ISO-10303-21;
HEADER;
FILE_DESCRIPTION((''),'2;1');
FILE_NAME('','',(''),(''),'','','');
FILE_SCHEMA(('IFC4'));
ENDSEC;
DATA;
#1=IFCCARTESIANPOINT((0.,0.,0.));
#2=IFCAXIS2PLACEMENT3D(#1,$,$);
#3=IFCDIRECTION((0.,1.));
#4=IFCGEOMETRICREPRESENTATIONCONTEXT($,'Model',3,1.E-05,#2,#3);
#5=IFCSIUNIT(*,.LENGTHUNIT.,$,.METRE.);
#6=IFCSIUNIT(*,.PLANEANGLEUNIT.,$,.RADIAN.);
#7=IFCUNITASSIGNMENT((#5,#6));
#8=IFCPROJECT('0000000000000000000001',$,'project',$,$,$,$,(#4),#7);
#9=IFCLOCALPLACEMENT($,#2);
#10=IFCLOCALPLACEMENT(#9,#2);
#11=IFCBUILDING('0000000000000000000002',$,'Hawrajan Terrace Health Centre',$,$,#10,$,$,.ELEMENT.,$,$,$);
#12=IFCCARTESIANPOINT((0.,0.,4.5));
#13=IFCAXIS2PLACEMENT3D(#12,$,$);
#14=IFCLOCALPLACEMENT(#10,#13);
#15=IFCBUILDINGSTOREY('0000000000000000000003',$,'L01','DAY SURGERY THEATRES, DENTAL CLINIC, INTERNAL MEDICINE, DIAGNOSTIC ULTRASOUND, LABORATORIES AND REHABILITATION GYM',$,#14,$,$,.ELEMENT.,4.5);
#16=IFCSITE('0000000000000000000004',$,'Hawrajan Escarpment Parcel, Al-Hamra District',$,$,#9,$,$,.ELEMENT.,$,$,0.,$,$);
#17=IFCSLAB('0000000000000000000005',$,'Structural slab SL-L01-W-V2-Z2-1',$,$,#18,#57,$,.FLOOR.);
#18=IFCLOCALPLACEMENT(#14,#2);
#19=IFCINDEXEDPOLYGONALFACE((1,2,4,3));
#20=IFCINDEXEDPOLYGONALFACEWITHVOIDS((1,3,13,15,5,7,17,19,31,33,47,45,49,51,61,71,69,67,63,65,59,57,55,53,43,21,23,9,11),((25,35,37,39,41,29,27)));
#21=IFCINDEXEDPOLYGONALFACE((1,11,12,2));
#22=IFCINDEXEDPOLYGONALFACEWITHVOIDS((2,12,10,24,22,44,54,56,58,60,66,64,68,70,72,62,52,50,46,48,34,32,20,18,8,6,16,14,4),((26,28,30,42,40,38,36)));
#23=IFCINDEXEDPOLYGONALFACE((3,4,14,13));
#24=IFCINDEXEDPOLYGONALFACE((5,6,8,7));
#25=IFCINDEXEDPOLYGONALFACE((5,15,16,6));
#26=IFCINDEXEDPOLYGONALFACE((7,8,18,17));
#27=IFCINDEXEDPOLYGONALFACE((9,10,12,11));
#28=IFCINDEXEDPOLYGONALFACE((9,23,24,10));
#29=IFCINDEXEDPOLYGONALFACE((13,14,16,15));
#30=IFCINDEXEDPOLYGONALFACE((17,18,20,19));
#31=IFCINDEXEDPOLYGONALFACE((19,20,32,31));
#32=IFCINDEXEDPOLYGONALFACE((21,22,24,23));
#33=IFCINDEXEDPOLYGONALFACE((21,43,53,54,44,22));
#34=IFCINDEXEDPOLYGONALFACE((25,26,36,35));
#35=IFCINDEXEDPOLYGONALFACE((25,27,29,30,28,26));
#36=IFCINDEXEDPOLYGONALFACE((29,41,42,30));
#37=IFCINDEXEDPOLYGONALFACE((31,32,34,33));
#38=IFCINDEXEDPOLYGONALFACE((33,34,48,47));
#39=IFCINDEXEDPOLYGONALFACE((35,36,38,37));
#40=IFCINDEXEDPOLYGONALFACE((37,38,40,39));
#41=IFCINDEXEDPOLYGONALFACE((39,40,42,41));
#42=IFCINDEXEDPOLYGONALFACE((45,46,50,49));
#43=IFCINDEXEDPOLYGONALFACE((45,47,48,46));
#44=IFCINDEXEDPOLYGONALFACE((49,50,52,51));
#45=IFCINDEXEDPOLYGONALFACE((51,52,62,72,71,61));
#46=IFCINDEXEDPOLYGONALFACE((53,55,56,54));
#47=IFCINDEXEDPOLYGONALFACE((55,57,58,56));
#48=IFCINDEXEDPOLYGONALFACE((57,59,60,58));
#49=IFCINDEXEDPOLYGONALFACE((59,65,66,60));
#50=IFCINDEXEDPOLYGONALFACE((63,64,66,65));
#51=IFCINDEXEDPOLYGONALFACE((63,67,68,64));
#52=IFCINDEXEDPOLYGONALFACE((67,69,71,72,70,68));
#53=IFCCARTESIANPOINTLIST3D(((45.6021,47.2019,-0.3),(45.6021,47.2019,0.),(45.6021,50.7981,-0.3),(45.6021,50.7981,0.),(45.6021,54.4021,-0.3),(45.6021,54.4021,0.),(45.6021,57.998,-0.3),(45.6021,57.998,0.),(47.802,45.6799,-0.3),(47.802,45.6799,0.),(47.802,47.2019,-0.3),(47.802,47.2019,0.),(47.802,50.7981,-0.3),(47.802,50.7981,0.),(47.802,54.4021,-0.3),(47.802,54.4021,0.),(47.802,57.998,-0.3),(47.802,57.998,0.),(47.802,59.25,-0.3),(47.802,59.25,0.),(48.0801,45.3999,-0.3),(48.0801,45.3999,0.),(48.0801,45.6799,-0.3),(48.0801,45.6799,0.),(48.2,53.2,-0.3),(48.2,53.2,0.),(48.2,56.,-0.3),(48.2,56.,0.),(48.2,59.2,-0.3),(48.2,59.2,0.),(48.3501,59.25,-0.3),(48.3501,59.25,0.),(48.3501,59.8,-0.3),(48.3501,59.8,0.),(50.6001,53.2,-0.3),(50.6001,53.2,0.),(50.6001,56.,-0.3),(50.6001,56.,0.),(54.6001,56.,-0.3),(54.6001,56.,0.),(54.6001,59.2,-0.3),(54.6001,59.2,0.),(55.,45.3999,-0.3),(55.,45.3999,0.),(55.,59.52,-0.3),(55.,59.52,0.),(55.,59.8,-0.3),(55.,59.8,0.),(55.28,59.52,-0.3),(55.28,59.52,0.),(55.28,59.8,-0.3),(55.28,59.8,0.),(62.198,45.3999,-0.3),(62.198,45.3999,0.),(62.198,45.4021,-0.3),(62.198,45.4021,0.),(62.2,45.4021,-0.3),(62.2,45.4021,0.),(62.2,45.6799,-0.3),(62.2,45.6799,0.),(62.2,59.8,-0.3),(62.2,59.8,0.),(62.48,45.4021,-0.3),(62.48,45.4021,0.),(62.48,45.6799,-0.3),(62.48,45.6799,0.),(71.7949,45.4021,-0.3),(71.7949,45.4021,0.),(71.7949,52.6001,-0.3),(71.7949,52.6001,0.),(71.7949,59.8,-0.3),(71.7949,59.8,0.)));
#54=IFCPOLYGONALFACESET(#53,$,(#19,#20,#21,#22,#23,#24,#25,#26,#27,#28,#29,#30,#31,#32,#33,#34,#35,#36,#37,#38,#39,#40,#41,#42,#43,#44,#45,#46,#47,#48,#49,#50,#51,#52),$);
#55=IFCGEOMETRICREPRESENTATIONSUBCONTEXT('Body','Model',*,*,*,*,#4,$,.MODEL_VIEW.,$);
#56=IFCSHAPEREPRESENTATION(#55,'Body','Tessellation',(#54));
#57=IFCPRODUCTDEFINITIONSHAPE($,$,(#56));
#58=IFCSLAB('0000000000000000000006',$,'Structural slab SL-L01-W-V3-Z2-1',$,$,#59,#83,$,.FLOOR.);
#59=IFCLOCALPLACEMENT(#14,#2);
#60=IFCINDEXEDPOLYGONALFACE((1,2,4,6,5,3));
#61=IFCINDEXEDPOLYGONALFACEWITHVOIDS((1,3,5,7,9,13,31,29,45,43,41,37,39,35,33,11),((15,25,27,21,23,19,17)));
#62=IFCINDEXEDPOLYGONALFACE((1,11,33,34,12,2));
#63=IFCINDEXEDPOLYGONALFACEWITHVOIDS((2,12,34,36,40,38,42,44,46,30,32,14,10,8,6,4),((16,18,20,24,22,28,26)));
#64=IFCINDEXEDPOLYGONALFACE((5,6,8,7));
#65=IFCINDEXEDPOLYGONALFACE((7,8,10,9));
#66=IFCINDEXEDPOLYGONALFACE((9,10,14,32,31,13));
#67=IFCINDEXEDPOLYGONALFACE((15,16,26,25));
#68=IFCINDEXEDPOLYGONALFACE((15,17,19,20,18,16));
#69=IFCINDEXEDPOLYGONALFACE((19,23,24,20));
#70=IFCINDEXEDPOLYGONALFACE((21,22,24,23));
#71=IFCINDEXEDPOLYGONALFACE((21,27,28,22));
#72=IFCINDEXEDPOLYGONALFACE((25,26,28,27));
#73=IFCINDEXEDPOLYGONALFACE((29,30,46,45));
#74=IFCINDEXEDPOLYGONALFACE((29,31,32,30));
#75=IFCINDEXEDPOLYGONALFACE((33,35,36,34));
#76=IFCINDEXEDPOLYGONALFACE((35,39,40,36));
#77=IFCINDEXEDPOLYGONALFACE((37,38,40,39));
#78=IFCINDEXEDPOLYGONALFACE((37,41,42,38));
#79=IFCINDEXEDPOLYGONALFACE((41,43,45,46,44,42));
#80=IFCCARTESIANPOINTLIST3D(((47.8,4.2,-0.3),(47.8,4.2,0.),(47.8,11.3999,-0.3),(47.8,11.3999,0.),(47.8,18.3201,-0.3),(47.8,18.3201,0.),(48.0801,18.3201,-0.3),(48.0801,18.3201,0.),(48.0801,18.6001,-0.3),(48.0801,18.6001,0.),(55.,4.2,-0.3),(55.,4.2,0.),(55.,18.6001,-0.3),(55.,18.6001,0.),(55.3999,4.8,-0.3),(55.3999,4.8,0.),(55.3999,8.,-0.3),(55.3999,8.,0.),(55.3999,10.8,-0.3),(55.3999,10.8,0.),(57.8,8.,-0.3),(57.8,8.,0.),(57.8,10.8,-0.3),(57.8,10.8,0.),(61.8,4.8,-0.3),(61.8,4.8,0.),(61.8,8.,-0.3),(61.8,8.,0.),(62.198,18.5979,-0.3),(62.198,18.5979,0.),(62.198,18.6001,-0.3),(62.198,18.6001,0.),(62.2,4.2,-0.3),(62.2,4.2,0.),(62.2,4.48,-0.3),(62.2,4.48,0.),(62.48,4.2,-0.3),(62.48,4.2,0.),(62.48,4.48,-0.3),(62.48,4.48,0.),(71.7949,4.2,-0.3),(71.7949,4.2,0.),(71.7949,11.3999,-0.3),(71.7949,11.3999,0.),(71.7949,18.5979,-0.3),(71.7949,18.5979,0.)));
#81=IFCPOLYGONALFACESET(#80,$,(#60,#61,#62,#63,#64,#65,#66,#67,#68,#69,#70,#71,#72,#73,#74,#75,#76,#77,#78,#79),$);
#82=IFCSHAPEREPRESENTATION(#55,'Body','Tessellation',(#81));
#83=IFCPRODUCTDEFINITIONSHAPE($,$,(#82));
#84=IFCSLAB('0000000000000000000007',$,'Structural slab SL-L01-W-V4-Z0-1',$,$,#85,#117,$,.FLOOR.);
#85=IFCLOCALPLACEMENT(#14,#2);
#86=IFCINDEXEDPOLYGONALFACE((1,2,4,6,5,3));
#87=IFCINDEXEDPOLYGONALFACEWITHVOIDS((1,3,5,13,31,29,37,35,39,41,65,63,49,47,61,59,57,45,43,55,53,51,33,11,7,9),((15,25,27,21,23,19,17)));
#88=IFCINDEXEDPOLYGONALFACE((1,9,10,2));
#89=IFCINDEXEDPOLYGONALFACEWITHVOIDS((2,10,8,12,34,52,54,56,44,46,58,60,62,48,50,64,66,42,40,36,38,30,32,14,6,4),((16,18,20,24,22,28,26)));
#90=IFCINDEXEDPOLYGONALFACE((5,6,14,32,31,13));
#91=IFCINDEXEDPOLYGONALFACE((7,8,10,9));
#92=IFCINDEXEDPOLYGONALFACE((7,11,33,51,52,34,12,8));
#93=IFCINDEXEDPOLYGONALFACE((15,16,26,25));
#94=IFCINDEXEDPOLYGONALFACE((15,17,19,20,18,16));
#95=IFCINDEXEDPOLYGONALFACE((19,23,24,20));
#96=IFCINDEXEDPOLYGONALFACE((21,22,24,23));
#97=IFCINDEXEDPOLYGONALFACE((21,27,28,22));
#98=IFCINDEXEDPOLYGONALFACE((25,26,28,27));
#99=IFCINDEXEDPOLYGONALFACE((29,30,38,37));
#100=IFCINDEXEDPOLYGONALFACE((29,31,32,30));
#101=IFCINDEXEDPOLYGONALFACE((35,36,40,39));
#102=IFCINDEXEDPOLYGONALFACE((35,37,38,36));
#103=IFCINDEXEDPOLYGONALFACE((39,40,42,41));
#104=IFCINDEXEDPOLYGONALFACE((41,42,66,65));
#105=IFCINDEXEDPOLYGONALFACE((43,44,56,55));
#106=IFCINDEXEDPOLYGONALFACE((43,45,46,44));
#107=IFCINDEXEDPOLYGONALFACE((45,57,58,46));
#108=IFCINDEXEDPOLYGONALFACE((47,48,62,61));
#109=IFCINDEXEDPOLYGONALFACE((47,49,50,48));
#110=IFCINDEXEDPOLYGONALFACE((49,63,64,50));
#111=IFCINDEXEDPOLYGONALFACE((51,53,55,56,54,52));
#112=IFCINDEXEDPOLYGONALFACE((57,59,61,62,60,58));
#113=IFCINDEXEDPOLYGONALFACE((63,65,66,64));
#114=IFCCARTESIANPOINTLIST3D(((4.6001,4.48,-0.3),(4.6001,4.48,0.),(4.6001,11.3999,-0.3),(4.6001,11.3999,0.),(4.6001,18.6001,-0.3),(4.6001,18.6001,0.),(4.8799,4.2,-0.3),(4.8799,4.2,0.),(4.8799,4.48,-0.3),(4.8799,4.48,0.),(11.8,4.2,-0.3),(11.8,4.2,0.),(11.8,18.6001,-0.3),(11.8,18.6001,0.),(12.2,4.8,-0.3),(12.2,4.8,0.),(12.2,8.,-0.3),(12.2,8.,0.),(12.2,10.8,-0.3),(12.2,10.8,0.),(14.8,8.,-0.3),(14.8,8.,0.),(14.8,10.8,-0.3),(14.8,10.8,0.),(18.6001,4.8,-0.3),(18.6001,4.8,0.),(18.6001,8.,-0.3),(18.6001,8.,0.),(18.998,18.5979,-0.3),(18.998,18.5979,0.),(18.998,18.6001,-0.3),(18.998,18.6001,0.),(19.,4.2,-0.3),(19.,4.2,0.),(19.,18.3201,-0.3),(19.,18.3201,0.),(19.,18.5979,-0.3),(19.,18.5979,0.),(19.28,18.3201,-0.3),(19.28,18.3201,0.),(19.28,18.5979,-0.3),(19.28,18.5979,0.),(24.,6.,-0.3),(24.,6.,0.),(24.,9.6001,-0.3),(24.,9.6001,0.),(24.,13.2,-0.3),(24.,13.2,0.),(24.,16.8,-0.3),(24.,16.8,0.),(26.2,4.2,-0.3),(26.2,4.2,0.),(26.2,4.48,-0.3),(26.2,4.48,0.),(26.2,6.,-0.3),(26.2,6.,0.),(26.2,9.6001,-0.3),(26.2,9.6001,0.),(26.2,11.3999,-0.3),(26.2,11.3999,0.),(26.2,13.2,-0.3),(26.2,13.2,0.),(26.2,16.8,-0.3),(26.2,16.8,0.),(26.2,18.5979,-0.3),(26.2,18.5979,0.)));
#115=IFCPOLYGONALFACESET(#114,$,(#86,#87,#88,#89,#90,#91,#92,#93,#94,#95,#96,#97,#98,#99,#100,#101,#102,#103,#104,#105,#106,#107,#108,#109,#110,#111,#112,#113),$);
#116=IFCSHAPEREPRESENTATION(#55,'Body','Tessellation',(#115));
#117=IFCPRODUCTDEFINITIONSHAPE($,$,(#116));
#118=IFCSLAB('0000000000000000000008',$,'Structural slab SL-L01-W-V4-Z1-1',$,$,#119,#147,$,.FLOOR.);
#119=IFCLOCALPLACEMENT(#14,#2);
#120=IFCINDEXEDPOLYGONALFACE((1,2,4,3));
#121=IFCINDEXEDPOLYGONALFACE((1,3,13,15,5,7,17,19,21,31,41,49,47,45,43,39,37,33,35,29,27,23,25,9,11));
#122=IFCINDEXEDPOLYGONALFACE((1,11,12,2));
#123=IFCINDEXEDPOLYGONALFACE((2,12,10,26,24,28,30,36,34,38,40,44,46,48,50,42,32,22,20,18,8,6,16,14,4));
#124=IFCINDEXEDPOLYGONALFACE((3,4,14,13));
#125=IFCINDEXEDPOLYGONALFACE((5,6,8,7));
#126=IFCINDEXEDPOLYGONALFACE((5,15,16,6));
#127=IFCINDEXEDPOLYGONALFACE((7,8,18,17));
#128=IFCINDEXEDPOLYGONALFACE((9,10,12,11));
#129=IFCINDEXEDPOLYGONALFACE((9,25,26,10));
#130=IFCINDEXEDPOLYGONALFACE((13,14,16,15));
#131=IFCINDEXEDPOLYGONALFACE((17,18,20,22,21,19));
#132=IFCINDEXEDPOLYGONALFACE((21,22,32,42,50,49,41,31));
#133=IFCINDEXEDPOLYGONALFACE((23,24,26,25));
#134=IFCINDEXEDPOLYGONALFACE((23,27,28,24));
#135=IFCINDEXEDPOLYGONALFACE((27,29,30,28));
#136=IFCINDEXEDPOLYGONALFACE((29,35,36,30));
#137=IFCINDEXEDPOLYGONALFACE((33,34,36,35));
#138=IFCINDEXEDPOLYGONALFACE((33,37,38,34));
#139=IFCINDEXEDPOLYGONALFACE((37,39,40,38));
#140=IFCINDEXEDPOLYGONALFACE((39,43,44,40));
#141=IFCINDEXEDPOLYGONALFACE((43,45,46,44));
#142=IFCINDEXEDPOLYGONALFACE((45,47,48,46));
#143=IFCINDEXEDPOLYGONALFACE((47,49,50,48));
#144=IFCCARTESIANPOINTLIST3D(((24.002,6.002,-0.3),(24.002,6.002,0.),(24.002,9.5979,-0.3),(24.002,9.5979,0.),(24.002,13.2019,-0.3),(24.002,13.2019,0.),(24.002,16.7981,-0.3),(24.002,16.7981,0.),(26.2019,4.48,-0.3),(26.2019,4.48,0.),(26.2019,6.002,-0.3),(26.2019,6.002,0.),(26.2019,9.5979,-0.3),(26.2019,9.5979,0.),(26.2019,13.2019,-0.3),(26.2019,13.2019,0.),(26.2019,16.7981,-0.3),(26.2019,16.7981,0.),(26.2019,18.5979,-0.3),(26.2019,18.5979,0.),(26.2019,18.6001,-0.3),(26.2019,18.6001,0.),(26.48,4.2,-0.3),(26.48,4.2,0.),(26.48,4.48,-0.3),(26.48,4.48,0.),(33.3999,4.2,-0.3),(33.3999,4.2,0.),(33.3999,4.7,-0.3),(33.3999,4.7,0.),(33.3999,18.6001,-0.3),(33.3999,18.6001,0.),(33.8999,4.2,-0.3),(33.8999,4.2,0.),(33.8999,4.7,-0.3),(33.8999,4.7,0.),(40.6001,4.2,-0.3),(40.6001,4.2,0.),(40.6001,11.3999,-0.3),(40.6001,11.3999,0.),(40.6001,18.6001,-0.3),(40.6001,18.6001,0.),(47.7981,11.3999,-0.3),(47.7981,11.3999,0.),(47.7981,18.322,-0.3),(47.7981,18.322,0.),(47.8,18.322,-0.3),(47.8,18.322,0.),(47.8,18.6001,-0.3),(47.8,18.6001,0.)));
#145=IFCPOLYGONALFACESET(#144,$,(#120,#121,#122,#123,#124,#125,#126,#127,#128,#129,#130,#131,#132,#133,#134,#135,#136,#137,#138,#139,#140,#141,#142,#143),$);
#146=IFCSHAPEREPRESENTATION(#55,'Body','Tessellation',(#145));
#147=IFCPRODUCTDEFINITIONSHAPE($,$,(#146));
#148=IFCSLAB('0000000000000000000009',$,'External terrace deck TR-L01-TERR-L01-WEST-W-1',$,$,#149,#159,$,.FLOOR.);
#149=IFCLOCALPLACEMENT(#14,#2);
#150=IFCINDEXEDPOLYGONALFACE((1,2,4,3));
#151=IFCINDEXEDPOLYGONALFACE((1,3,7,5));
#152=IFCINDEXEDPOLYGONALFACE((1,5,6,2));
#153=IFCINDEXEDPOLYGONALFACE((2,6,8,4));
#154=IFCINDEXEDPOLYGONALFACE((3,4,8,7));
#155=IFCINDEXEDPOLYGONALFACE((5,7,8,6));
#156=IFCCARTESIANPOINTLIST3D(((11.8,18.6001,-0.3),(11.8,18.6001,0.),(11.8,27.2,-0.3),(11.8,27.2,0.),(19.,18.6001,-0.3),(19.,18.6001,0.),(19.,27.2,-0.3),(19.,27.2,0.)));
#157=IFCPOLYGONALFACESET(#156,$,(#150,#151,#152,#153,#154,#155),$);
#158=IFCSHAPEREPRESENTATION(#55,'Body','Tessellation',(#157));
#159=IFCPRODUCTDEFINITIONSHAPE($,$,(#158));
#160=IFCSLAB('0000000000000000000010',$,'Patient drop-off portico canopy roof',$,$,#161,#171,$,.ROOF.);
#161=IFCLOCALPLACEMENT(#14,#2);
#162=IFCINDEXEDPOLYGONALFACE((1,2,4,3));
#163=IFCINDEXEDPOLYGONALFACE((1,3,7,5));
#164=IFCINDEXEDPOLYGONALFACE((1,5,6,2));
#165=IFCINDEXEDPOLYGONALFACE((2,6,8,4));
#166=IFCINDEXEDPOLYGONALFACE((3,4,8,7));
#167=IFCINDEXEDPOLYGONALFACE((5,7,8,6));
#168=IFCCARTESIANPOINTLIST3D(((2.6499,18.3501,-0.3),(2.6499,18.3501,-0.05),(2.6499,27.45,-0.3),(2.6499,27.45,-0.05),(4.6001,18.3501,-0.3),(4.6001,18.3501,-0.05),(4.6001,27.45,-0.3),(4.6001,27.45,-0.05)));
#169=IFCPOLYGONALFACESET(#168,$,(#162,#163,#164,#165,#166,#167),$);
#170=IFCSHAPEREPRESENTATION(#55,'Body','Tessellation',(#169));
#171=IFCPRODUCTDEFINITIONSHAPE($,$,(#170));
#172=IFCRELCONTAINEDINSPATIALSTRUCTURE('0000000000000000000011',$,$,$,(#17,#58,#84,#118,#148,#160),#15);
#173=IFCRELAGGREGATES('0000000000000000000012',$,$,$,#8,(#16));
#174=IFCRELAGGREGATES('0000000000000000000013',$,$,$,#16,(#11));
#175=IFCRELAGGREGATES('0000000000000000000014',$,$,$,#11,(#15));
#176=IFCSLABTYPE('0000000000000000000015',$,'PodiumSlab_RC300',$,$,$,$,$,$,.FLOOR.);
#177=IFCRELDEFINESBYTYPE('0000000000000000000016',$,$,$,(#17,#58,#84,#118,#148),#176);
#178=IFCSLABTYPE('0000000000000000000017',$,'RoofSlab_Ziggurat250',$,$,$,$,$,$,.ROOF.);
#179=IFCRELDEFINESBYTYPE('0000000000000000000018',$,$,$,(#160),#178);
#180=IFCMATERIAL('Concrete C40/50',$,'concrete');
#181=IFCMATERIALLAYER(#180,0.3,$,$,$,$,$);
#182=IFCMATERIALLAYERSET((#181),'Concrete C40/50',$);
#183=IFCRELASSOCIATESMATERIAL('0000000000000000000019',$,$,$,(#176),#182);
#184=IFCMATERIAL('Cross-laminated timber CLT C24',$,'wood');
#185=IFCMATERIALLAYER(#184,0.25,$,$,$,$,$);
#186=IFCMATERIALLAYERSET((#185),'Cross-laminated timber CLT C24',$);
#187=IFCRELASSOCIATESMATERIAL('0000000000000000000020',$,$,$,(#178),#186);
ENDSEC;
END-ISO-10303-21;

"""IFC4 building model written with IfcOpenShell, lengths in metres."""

from ifc_helpers import new_model, si_unit, direction, frame, origin, place, context, subcontext, project, spatial, polyline, outline, extrude, material, layer, layer_set, type_object, element, save


model = new_model("IFC4")

# Units and contexts
model_context = context("Model", 3, precision=1e-05, world=origin(), true_north=direction((0.0, 1.0)))
body_context = subcontext(model_context, "Body", "Model", "MODEL_VIEW")
ifc_project = project(units=[si_unit("LENGTHUNIT", "METRE"), si_unit("PLANEANGLEUNIT", "RADIAN")], contexts=[model_context])

# Site, building, storey
site_placement = place(None, origin())
site = spatial("IfcSite", under=ifc_project, at=site_placement, Name="Hawrajan Escarpment Parcel, Al-Hamra District", CompositionType="ELEMENT", RefElevation=0.0)
building_placement = place(site_placement, origin())
building = spatial("IfcBuilding", under=site, at=building_placement, Name="Hawrajan Terrace Health Centre", CompositionType="ELEMENT")
storey_placement = place(building_placement, frame((0.0, 0.0, 4.5)))
storey = spatial("IfcBuildingStorey", under=building, at=storey_placement, Name="L01", Description="DAY SURGERY THEATRES, DENTAL CLINIC, INTERNAL MEDICINE, DIAGNOSTIC ULTRASOUND, LABORATORIES AND REHABILITATION GYM", CompositionType="ELEMENT", Elevation=4.5)

# Slabs
ifc_material_1 = material(Name="Concrete C40/50", Category="concrete")
ifc_layer_1 = layer(ifc_material_1, 0.3)
ifc_layer_set_1 = layer_set([ifc_layer_1], Name="Concrete C40/50")
slab_type_1 = type_object("IfcSlabType", Name="PodiumSlab_RC300", PredefinedType="FLOOR", material=ifc_layer_set_1)
slab_1_placement = place(storey_placement, frame((0.0, 0.0, -0.3)))
element("IfcSlab", 1, at=slab_1_placement, inside=storey, type_object=slab_type_1, Name="Structural slab SL-L01-W-V2-Z2-1", PredefinedType="FLOOR", context=body_context, shape_type="SweptSolid", body=[
    extrude(outline(polyline([(48.3501, 59.25), (48.3501, 59.8), (55.0, 59.8), (55.0, 59.52), (55.28, 59.52), (55.28, 59.8), (62.2, 59.8), (71.7949, 59.8), (71.7949, 52.6001), (71.7949, 45.4021), (62.48, 45.4021), (62.48, 45.6799), (62.2, 45.6799), (62.2, 45.4021), (62.198, 45.4021), (62.198, 45.3999), (55.0, 45.3999), (48.0801, 45.3999), (48.0801, 45.6799), (47.802, 45.6799), (47.802, 47.2019), (45.6021, 47.2019), (45.6021, 50.7981), (47.802, 50.7981), (47.802, 54.4021), (45.6021, 54.4021), (45.6021, 57.998), (47.802, 57.998), (47.802, 59.25), (48.3501, 59.25)]), holes=[polyline([(48.2, 56.0), (48.2, 53.2), (50.6001, 53.2), (50.6001, 56.0), (54.6001, 56.0), (54.6001, 59.2), (48.2, 59.2), (48.2, 56.0)])]), origin(), (0.0, 0.0, 1.0), 0.3),
])
slab_2_placement = place(storey_placement, frame((0.0, 0.0, -0.3)))
element("IfcSlab", 2, at=slab_2_placement, inside=storey, type_object=slab_type_1, Name="Structural slab SL-L01-W-V3-Z2-1", PredefinedType="FLOOR", context=body_context, shape_type="SweptSolid", body=[
    extrude(outline(polyline([(48.0801, 18.3201), (48.0801, 18.6001), (55.0, 18.6001), (62.198, 18.6001), (62.198, 18.5979), (71.7949, 18.5979), (71.7949, 11.3999), (71.7949, 4.2), (62.48, 4.2), (62.48, 4.48), (62.2, 4.48), (62.2, 4.2), (55.0, 4.2), (47.8, 4.2), (47.8, 11.3999), (47.8, 18.3201), (48.0801, 18.3201)]), holes=[polyline([(55.3999, 8.0), (55.3999, 4.8), (61.8, 4.8), (61.8, 8.0), (57.8, 8.0), (57.8, 10.8), (55.3999, 10.8), (55.3999, 8.0)])]), origin(), (0.0, 0.0, 1.0), 0.3),
])
slab_3_placement = place(storey_placement, frame((0.0, 0.0, -0.3)))
element("IfcSlab", 3, at=slab_3_placement, inside=storey, type_object=slab_type_1, Name="Structural slab SL-L01-W-V4-Z0-1", PredefinedType="FLOOR", context=body_context, shape_type="SweptSolid", body=[
    extrude(outline(polyline([(11.8, 18.6001), (18.998, 18.6001), (18.998, 18.5979), (19.0, 18.5979), (19.0, 18.3201), (19.28, 18.3201), (19.28, 18.5979), (26.2, 18.5979), (26.2, 16.8), (24.0, 16.8), (24.0, 13.2), (26.2, 13.2), (26.2, 11.3999), (26.2, 9.6001), (24.0, 9.6001), (24.0, 6.0), (26.2, 6.0), (26.2, 4.48), (26.2, 4.2), (19.0, 4.2), (11.8, 4.2), (4.8799, 4.2), (4.8799, 4.48), (4.6001, 4.48), (4.6001, 11.3999), (4.6001, 18.6001), (11.8, 18.6001)]), holes=[polyline([(12.2, 4.8), (18.6001, 4.8), (18.6001, 8.0), (14.8, 8.0), (14.8, 10.8), (12.2, 10.8), (12.2, 8.0), (12.2, 4.8)])]), origin(), (0.0, 0.0, 1.0), 0.3),
])
slab_4_placement = place(storey_placement, frame((0.0, 0.0, -0.3)))
element("IfcSlab", 4, at=slab_4_placement, inside=storey, type_object=slab_type_1, Name="Structural slab SL-L01-W-V4-Z1-1", PredefinedType="FLOOR", context=body_context, shape_type="SweptSolid", body=[
    extrude(outline(polyline([(33.3999, 18.6001), (40.6001, 18.6001), (47.8, 18.6001), (47.8, 18.322), (47.7981, 18.322), (47.7981, 11.3999), (40.6001, 11.3999), (40.6001, 4.2), (33.8999, 4.2), (33.8999, 4.7), (33.3999, 4.7), (33.3999, 4.2), (26.48, 4.2), (26.48, 4.48), (26.2019, 4.48), (26.2019, 6.002), (24.002, 6.002), (24.002, 9.5979), (26.2019, 9.5979), (26.2019, 13.2019), (24.002, 13.2019), (24.002, 16.7981), (26.2019, 16.7981), (26.2019, 18.5979), (26.2019, 18.6001), (33.3999, 18.6001)])), origin(), (0.0, 0.0, 1.0), 0.3),
])
slab_5_placement = place(storey_placement, frame((0.0, 0.0, -0.3)))
element("IfcSlab", 5, at=slab_5_placement, inside=storey, type_object=slab_type_1, Name="External terrace deck TR-L01-TERR-L01-WEST-W-1", PredefinedType="FLOOR", context=body_context, shape_type="SweptSolid", body=[
    extrude(outline(polyline([(11.8, 18.6001), (11.8, 27.2), (19.0, 27.2), (19.0, 18.6001), (11.8, 18.6001)])), origin(), (0.0, 0.0, 1.0), 0.3),
])
ifc_material_2 = material(Name="Cross-laminated timber CLT C24", Category="wood")
ifc_layer_2 = layer(ifc_material_2, 0.25)
ifc_layer_set_2 = layer_set([ifc_layer_2], Name="Cross-laminated timber CLT C24")
slab_type_2 = type_object("IfcSlabType", Name="RoofSlab_Ziggurat250", PredefinedType="ROOF", material=ifc_layer_set_2)
slab_6_placement = place(storey_placement, frame((0.0, 0.0, -0.3)))
element("IfcSlab", 6, at=slab_6_placement, inside=storey, type_object=slab_type_2, Name="Patient drop-off portico canopy roof", PredefinedType="ROOF", context=body_context, shape_type="SweptSolid", body=[
    extrude(outline(polyline([(2.6499, 18.3501), (4.6001, 18.3501), (4.6001, 27.45), (2.6499, 27.45), (2.6499, 18.3501)])), origin(), (0.0, 0.0, 1.0), 0.25),
])

save(model, "model.ifc")
